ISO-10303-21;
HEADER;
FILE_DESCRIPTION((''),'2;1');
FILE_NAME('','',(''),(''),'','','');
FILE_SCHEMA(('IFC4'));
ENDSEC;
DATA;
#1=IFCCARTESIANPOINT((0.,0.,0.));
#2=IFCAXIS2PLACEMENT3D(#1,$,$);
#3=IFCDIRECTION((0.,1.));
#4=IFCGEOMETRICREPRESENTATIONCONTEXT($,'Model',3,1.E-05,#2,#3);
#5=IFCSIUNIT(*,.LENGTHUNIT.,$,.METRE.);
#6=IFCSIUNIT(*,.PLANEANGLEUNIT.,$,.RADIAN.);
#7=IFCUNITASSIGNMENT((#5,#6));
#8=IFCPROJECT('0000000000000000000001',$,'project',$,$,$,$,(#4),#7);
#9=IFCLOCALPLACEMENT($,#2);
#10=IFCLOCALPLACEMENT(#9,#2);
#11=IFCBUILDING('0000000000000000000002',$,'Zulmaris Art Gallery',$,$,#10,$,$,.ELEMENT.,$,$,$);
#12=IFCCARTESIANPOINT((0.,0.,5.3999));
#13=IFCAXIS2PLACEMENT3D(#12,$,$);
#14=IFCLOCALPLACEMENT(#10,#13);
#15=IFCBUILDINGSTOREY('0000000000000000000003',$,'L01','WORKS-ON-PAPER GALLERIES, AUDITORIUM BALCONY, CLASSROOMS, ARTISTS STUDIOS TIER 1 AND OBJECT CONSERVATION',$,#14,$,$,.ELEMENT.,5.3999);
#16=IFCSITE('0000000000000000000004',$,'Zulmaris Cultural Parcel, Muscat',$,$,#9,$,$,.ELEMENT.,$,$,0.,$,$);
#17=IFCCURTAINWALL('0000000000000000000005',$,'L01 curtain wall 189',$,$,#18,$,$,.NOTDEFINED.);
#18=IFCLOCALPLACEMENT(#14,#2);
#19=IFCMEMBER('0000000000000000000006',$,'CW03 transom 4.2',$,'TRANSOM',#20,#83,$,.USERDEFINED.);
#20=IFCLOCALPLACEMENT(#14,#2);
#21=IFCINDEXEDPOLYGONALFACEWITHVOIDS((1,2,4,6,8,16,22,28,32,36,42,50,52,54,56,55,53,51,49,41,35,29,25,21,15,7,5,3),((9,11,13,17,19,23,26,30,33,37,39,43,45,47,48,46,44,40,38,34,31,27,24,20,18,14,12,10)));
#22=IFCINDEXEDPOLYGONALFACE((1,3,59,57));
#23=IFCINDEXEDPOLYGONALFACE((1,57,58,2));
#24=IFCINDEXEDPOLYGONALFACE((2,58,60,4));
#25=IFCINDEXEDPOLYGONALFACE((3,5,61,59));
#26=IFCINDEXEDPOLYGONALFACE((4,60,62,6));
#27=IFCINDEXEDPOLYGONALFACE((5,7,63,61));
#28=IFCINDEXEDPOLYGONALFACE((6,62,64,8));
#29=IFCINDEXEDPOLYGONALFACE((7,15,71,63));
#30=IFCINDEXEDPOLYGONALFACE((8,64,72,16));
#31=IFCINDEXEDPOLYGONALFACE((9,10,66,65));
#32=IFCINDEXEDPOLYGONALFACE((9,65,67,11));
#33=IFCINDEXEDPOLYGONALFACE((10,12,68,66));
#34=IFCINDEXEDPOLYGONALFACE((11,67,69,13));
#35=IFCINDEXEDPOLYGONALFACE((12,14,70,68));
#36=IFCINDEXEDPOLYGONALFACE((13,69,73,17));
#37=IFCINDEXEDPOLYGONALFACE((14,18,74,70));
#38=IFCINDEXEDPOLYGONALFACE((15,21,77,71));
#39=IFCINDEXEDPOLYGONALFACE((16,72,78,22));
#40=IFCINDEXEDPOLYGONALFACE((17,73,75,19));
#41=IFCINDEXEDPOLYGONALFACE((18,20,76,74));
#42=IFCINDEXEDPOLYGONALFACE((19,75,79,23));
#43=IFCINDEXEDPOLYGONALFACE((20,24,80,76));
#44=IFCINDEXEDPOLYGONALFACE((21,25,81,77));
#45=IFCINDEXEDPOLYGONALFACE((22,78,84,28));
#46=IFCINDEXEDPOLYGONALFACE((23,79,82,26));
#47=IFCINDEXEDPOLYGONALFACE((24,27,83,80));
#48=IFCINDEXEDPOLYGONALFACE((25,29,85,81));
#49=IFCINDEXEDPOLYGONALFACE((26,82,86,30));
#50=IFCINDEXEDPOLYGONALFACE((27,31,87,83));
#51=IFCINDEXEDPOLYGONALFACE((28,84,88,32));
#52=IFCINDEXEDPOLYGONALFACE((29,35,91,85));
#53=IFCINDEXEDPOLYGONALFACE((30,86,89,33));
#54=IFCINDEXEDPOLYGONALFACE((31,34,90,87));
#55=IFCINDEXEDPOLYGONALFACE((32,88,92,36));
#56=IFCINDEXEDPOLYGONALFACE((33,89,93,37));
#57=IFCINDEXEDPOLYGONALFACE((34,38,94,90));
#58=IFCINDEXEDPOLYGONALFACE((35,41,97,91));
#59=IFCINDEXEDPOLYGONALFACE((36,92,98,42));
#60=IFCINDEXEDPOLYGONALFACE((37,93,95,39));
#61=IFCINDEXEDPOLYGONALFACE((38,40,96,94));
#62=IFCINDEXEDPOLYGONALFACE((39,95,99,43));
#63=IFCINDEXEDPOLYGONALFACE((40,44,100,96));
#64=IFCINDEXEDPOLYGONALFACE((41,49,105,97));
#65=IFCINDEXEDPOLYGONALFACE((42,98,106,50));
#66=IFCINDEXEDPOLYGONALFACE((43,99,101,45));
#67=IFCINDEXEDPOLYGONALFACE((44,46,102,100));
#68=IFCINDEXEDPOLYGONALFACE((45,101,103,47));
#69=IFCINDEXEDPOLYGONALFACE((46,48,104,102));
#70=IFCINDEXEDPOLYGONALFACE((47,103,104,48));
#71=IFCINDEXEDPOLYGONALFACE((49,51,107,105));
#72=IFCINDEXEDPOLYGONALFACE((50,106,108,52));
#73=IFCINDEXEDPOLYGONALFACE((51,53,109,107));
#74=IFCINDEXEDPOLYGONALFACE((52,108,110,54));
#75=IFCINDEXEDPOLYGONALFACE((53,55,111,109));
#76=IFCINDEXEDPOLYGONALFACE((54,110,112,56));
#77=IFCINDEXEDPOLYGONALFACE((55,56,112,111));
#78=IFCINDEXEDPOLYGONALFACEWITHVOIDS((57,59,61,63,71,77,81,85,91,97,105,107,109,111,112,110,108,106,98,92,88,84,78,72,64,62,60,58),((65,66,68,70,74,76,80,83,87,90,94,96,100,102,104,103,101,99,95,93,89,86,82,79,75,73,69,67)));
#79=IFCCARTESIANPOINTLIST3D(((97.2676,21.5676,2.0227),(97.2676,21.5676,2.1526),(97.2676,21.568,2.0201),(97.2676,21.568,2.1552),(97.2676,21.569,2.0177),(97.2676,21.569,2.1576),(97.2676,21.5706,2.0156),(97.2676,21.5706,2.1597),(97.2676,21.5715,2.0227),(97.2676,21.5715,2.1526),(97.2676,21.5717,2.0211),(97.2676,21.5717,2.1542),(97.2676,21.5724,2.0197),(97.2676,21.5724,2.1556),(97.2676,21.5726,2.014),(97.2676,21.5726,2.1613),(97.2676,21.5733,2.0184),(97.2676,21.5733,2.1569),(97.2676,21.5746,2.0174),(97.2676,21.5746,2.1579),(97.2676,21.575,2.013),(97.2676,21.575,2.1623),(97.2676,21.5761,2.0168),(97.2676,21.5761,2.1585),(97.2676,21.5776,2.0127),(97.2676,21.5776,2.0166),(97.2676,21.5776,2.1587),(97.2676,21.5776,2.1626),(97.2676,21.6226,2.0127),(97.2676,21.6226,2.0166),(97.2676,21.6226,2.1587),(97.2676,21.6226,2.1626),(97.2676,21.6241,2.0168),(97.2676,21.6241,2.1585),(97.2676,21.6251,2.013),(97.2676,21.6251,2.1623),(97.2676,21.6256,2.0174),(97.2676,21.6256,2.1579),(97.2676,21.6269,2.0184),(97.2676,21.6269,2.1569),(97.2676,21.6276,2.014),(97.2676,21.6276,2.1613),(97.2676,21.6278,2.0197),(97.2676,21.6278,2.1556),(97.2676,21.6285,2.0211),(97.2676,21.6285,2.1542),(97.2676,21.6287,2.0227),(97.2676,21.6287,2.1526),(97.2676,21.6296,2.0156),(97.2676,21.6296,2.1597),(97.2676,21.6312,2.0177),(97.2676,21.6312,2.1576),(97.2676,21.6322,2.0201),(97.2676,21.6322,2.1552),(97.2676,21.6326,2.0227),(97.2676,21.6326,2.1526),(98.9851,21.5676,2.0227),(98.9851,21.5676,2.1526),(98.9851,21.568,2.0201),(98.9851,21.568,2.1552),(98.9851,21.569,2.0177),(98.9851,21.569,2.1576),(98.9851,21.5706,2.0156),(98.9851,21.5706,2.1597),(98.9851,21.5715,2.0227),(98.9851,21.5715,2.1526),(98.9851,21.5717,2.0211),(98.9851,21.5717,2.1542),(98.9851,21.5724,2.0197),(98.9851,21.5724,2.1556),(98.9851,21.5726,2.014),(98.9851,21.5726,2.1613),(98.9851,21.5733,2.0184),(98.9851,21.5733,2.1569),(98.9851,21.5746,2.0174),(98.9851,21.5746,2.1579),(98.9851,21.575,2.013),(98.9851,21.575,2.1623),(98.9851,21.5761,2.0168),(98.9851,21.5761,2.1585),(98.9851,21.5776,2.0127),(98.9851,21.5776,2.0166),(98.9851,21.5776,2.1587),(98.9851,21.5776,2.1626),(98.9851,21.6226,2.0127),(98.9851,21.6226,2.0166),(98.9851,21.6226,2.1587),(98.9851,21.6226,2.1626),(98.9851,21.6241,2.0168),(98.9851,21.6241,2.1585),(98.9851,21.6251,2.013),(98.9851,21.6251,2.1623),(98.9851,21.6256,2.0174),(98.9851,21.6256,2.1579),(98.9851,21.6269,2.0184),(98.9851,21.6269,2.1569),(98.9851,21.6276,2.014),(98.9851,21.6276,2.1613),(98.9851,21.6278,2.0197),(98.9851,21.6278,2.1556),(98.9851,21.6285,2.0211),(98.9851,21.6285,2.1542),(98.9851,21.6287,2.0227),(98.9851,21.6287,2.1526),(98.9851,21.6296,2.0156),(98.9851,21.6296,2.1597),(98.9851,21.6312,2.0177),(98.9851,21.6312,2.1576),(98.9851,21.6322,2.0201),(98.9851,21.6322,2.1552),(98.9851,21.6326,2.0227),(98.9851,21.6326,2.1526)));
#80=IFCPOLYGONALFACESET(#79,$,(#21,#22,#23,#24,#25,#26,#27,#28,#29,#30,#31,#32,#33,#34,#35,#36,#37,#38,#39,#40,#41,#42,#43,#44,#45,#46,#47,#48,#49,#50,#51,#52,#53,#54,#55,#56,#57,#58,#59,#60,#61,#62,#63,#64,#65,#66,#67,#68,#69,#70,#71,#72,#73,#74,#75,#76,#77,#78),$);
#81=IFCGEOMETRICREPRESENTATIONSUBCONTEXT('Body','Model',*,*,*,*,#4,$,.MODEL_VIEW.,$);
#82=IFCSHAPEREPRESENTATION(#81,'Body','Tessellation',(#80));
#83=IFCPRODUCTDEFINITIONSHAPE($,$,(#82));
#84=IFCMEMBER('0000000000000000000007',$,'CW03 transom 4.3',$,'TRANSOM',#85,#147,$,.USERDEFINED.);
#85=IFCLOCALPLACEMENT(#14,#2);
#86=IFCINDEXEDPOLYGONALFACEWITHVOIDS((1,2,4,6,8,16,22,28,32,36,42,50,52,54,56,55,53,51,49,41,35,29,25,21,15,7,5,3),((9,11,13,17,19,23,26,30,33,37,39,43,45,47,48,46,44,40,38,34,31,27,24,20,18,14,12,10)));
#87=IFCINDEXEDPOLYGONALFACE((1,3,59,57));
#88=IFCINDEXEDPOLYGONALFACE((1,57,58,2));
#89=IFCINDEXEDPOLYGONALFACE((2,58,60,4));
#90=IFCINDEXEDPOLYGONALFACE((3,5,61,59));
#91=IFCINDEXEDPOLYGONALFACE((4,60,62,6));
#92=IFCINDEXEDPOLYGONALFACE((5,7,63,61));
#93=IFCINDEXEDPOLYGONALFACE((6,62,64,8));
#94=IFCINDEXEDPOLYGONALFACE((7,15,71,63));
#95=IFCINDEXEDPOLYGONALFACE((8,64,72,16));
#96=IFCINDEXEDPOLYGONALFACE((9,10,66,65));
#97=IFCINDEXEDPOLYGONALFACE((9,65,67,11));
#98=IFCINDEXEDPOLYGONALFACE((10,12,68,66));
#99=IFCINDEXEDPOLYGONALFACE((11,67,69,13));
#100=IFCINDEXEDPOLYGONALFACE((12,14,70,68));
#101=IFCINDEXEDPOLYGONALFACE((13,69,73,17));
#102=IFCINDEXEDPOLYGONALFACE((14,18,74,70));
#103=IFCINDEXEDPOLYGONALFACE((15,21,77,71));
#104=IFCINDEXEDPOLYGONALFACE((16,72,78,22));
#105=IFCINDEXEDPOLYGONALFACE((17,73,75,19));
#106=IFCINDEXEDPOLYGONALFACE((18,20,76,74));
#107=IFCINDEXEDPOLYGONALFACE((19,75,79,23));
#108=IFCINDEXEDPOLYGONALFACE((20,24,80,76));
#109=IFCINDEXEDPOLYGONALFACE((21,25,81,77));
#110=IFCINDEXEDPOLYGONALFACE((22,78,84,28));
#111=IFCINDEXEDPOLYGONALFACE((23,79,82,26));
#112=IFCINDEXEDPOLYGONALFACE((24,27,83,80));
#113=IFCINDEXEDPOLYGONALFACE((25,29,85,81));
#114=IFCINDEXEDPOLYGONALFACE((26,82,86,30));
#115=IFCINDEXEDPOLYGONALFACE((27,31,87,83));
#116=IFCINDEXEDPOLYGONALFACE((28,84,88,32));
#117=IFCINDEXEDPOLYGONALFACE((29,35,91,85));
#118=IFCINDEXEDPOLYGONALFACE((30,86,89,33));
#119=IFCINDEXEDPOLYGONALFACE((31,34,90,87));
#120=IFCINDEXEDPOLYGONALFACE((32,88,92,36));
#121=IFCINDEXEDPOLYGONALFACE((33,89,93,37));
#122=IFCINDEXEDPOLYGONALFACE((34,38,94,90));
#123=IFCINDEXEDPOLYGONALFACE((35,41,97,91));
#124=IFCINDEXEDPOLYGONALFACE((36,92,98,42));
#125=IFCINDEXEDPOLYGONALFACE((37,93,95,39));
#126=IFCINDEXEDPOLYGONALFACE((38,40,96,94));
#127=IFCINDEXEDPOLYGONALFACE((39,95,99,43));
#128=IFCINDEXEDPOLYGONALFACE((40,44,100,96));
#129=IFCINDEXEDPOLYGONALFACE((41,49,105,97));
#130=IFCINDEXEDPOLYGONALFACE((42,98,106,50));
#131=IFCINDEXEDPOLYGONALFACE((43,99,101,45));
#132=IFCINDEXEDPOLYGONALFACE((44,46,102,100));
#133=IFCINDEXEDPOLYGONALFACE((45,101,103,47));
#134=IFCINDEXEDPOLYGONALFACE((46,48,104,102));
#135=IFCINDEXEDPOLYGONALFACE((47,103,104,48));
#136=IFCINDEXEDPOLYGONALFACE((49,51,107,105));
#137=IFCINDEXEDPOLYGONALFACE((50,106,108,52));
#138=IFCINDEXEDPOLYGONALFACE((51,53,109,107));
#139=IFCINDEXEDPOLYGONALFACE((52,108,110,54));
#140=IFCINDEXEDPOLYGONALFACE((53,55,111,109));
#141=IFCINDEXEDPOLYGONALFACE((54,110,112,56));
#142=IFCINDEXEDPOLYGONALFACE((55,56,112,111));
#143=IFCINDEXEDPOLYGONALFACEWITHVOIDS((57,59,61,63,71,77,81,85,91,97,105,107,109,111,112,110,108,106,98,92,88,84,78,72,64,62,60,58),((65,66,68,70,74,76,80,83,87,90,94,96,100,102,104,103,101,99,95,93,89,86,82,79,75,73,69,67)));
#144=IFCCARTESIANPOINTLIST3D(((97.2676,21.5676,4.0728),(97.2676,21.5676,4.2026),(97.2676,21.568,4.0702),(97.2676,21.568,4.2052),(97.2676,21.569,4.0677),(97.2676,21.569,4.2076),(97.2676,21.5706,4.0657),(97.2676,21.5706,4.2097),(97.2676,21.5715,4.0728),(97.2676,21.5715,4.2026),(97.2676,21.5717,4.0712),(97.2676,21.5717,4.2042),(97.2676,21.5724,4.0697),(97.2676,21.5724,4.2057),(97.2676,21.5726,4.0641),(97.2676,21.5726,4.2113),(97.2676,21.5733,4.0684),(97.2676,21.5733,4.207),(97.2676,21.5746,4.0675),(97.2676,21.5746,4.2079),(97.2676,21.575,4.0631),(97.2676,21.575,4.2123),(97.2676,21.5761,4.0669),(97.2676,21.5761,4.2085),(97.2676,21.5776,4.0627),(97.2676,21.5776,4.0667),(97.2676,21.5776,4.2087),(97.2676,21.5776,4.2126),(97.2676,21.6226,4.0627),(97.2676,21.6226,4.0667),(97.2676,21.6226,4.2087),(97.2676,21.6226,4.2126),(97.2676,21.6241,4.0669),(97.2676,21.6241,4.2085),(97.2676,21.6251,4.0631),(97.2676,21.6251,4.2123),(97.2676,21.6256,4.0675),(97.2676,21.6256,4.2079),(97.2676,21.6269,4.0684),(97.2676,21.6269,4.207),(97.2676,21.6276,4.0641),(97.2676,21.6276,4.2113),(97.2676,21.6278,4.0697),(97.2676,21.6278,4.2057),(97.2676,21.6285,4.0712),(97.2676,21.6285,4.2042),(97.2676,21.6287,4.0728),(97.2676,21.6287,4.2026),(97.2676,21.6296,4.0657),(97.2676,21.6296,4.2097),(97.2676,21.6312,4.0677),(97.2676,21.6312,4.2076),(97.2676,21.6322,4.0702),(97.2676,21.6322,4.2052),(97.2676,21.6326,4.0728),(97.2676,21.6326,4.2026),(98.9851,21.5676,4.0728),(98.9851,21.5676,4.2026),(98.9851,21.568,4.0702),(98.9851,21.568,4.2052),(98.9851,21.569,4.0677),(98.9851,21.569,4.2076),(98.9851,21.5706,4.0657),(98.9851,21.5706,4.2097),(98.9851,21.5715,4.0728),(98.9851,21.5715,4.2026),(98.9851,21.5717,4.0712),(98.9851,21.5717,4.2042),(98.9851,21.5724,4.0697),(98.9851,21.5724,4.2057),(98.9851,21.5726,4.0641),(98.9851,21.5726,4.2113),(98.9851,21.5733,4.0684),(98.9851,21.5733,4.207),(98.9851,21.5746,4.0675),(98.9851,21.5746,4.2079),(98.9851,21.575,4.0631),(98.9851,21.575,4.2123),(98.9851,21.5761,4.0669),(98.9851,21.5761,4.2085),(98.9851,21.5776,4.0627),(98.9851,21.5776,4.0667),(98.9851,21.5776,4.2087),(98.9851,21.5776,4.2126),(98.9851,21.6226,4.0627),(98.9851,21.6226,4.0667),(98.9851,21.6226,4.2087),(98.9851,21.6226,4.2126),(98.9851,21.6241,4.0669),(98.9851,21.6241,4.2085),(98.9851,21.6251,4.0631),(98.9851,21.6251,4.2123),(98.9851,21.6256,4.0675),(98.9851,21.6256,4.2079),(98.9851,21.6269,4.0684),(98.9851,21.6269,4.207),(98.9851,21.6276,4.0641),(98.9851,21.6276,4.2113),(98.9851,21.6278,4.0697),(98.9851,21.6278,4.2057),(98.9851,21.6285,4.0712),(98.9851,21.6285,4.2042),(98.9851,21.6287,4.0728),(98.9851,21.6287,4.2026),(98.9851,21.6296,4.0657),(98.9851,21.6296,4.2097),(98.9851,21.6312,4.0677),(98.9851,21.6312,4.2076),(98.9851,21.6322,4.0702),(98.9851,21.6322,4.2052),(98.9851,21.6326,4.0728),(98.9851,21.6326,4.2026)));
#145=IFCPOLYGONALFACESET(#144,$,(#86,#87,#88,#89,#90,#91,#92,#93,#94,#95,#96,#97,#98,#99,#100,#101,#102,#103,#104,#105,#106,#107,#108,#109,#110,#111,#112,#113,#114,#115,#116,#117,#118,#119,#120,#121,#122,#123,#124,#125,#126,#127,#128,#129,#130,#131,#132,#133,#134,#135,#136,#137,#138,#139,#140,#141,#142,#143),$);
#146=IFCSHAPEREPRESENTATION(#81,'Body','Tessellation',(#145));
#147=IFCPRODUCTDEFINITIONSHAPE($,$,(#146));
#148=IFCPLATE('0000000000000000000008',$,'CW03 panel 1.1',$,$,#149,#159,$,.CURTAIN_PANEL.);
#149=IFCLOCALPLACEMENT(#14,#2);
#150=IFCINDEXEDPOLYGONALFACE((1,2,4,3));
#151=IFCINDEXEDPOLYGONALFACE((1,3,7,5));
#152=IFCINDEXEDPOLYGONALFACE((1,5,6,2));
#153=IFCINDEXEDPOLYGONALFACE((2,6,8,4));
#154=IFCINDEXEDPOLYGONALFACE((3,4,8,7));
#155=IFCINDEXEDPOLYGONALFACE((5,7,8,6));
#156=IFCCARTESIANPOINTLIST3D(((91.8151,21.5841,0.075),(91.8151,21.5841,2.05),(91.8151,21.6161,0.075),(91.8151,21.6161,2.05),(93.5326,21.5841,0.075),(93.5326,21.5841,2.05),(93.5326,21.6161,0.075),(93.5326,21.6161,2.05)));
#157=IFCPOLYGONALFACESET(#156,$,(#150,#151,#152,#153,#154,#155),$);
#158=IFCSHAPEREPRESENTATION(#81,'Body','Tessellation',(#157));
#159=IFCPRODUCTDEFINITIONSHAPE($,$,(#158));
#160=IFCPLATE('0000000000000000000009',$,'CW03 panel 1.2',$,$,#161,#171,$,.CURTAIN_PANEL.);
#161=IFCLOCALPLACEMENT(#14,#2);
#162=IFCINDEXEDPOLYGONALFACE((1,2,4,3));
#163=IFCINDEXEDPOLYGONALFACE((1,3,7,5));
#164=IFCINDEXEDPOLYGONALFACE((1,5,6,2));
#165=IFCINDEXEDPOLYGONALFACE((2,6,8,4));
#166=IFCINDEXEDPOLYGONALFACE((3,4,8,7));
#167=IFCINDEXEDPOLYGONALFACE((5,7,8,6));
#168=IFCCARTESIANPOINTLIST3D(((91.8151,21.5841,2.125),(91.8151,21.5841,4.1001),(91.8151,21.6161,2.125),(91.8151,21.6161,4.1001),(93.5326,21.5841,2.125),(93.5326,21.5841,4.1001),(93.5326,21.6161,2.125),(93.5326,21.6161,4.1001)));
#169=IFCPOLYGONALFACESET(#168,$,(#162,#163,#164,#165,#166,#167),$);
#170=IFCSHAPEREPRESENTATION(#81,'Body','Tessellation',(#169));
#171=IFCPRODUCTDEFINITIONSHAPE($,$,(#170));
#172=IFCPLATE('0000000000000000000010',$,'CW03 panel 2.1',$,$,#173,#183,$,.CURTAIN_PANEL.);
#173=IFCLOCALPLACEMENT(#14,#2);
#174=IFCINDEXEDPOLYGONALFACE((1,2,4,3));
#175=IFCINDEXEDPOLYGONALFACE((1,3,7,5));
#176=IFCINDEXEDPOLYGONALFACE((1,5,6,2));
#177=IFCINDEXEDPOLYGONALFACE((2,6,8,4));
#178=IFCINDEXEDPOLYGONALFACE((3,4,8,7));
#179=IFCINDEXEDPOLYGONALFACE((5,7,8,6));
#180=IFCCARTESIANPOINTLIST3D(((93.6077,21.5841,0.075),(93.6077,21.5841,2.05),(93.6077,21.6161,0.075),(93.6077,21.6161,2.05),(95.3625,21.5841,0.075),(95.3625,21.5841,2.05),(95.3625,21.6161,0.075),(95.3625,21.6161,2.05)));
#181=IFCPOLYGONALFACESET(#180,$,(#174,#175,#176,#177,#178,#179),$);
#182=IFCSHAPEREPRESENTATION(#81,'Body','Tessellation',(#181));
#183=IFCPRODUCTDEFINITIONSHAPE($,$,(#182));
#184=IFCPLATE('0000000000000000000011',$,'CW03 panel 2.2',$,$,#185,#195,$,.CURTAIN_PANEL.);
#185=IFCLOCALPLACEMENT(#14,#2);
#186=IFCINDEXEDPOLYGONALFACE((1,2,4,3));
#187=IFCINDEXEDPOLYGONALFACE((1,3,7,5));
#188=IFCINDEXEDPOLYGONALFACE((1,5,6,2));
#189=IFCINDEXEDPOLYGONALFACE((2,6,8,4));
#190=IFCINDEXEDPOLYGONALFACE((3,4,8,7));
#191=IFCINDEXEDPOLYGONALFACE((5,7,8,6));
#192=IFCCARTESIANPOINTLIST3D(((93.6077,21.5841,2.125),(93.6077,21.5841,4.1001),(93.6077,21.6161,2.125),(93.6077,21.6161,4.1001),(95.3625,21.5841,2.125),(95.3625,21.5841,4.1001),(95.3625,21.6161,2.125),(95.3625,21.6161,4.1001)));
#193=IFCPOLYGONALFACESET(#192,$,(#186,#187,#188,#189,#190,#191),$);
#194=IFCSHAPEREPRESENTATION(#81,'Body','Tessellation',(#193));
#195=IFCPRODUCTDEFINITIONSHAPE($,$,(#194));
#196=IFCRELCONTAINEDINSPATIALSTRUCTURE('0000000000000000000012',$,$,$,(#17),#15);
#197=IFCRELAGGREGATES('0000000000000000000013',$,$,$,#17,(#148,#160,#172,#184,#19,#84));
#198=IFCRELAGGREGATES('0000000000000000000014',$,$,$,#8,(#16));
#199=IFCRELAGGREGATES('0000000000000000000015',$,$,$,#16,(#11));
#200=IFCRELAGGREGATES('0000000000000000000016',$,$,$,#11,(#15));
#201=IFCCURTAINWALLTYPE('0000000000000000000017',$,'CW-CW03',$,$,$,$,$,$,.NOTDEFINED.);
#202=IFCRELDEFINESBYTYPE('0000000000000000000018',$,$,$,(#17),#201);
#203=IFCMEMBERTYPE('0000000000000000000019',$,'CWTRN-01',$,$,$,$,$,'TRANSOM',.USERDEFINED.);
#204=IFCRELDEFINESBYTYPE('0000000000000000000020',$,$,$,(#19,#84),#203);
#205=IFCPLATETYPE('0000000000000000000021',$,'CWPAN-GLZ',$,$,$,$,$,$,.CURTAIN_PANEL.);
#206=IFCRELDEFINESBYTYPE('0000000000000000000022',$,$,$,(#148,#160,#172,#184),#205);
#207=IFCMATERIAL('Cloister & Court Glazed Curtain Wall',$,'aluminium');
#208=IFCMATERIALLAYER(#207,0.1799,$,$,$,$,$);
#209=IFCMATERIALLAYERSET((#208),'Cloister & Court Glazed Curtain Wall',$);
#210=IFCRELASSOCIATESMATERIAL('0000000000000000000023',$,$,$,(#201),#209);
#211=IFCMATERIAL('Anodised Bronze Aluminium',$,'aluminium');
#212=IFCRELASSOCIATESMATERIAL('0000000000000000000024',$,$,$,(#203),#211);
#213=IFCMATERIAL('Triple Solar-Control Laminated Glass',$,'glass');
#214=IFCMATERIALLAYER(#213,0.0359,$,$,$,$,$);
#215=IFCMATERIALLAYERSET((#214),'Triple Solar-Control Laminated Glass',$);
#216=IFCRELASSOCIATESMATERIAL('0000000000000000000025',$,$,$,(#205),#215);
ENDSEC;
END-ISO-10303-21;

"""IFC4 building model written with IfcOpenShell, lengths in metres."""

from ifc_helpers import new_model, si_unit, direction, frame, origin, origin_2d, place, context, subcontext, project, spatial, rectangle, hollow_rectangle, extrude, material, layer, layer_set, material_profile, profile_set, type_object, element, aggregate, save


model = new_model("IFC4")

# Units and contexts
model_context = context("Model", 3, precision=1e-05, world=origin(), true_north=direction((0.0, 1.0)))
body_context = subcontext(model_context, "Body", "Model", "MODEL_VIEW")
ifc_project = project(units=[si_unit("LENGTHUNIT", "METRE"), si_unit("PLANEANGLEUNIT", "RADIAN")], contexts=[model_context])

# Site, building, storey
site_placement = place(None, origin())
site = spatial("IfcSite", under=ifc_project, at=site_placement, Name="Zulmaris Cultural Parcel, Muscat", CompositionType="ELEMENT", RefElevation=0.0)
building_placement = place(site_placement, origin())
building = spatial("IfcBuilding", under=site, at=building_placement, Name="Zulmaris Art Gallery", CompositionType="ELEMENT")
storey_placement = place(building_placement, frame((0.0, 0.0, 5.3999)))
storey = spatial("IfcBuildingStorey", under=building, at=storey_placement, Name="L01", Description="WORKS-ON-PAPER GALLERIES, AUDITORIUM BALCONY, CLASSROOMS, ARTISTS STUDIOS TIER 1 AND OBJECT CONSERVATION", CompositionType="ELEMENT", Elevation=5.3999)

# Curtain wall, members, plates
ifc_material_1 = material(Name="Cloister & Court Glazed Curtain Wall", Category="aluminium")
ifc_layer_1 = layer(ifc_material_1, 0.1799)
ifc_layer_set_1 = layer_set([ifc_layer_1], Name="Cloister & Court Glazed Curtain Wall")
curtain_wall_type = type_object("IfcCurtainWallType", Name="CW-CW03", PredefinedType="NOTDEFINED", material=ifc_layer_set_1)
curtain_wall_placement = place(storey_placement, origin())
curtain_wall = element("IfcCurtainWall", 1, at=curtain_wall_placement, inside=storey, type_object=curtain_wall_type, Name="L01 curtain wall 189", PredefinedType="NOTDEFINED")
ifc_material_2 = material(Name="Anodised Bronze Aluminium", Category="aluminium")
ifc_material_profile_1 = material_profile(ifc_material_2, hollow_rectangle(XDim=0.0649, YDim=0.1499, WallThickness=0.0039, InnerFilletRadius=0.0061, OuterFilletRadius=0.01, at=origin_2d()), Name="ALU 65x150x4")
ifc_profile_set_1 = profile_set([ifc_material_profile_1], Name="Anodised Bronze Aluminium")
member_type_1 = type_object("IfcMemberType", Name="CWTRN-01", ElementType="TRANSOM", PredefinedType="USERDEFINED", material=ifc_profile_set_1)
member_1_placement = place(storey_placement, frame((97.2676, 21.6001, 2.0876), z_axis=(1.0, 0.0, 0.0), x_axis=(0.0, 1.0, 0.0)))
member_1 = element("IfcMember", 2, at=member_1_placement, type_object=member_type_1, Name="CW03 transom 4.2", ObjectType="TRANSOM", PredefinedType="USERDEFINED", context=body_context, shape_type="SweptSolid", body=[
    extrude(hollow_rectangle(XDim=0.0649, YDim=0.1499, WallThickness=0.0039, InnerFilletRadius=0.0061, OuterFilletRadius=0.01, at=origin_2d()), origin(), (0.0, 0.0, 1.0), 1.7175),
])
member_2_placement = place(storey_placement, frame((97.2676, 21.6001, 4.1377), z_axis=(1.0, 0.0, 0.0), x_axis=(0.0, 1.0, 0.0)))
member_2 = element("IfcMember", 3, at=member_2_placement, type_object=member_type_1, Name="CW03 transom 4.3", ObjectType="TRANSOM", PredefinedType="USERDEFINED", context=body_context, shape_type="SweptSolid", body=[
    extrude(hollow_rectangle(XDim=0.0649, YDim=0.1499, WallThickness=0.0039, InnerFilletRadius=0.0061, OuterFilletRadius=0.01, at=origin_2d()), origin(), (0.0, 0.0, 1.0), 1.7175),
])
ifc_material_3 = material(Name="Triple Solar-Control Laminated Glass", Category="glass")
ifc_layer_2 = layer(ifc_material_3, 0.0359)
ifc_layer_set_2 = layer_set([ifc_layer_2], Name="Triple Solar-Control Laminated Glass")
plate_type = type_object("IfcPlateType", Name="CWPAN-GLZ", PredefinedType="CURTAIN_PANEL", material=ifc_layer_set_2)
plate_1_placement = place(storey_placement, frame((92.6738, 21.6001, 0.075), z_axis=(0.0, 0.0, 1.0), x_axis=(1.0, 0.0, 0.0)))
plate_1 = element("IfcPlate", 4, at=plate_1_placement, type_object=plate_type, Name="CW03 panel 1.1", PredefinedType="CURTAIN_PANEL", context=body_context, shape_type="SweptSolid", body=[
    extrude(rectangle(XDim=1.7175, YDim=0.032, at=origin_2d()), origin(), (0.0, 0.0, 1.0), 1.9751),
])
plate_2_placement = place(storey_placement, frame((92.6738, 21.6001, 2.125), z_axis=(0.0, 0.0, 1.0), x_axis=(1.0, 0.0, 0.0)))
plate_2 = element("IfcPlate", 5, at=plate_2_placement, type_object=plate_type, Name="CW03 panel 1.2", PredefinedType="CURTAIN_PANEL", context=body_context, shape_type="SweptSolid", body=[
    extrude(rectangle(XDim=1.7175, YDim=0.032, at=origin_2d()), origin(), (0.0, 0.0, 1.0), 1.9751),
])
plate_3_placement = place(storey_placement, frame((94.4851, 21.6001, 0.075), z_axis=(0.0, 0.0, 1.0), x_axis=(1.0, 0.0, 0.0)))
plate_3 = element("IfcPlate", 6, at=plate_3_placement, type_object=plate_type, Name="CW03 panel 2.1", PredefinedType="CURTAIN_PANEL", context=body_context, shape_type="SweptSolid", body=[
    extrude(rectangle(XDim=1.7549, YDim=0.032, at=origin_2d()), origin(), (0.0, 0.0, 1.0), 1.9751),
])
plate_4_placement = place(storey_placement, frame((94.4851, 21.6001, 2.125), z_axis=(0.0, 0.0, 1.0), x_axis=(1.0, 0.0, 0.0)))
plate_4 = element("IfcPlate", 7, at=plate_4_placement, type_object=plate_type, Name="CW03 panel 2.2", PredefinedType="CURTAIN_PANEL", context=body_context, shape_type="SweptSolid", body=[
    extrude(rectangle(XDim=1.7549, YDim=0.032, at=origin_2d()), origin(), (0.0, 0.0, 1.0), 1.9751),
])
aggregate(curtain_wall, [plate_1, plate_2, plate_3, plate_4, member_1, member_2])

save(model, "model.ifc")
